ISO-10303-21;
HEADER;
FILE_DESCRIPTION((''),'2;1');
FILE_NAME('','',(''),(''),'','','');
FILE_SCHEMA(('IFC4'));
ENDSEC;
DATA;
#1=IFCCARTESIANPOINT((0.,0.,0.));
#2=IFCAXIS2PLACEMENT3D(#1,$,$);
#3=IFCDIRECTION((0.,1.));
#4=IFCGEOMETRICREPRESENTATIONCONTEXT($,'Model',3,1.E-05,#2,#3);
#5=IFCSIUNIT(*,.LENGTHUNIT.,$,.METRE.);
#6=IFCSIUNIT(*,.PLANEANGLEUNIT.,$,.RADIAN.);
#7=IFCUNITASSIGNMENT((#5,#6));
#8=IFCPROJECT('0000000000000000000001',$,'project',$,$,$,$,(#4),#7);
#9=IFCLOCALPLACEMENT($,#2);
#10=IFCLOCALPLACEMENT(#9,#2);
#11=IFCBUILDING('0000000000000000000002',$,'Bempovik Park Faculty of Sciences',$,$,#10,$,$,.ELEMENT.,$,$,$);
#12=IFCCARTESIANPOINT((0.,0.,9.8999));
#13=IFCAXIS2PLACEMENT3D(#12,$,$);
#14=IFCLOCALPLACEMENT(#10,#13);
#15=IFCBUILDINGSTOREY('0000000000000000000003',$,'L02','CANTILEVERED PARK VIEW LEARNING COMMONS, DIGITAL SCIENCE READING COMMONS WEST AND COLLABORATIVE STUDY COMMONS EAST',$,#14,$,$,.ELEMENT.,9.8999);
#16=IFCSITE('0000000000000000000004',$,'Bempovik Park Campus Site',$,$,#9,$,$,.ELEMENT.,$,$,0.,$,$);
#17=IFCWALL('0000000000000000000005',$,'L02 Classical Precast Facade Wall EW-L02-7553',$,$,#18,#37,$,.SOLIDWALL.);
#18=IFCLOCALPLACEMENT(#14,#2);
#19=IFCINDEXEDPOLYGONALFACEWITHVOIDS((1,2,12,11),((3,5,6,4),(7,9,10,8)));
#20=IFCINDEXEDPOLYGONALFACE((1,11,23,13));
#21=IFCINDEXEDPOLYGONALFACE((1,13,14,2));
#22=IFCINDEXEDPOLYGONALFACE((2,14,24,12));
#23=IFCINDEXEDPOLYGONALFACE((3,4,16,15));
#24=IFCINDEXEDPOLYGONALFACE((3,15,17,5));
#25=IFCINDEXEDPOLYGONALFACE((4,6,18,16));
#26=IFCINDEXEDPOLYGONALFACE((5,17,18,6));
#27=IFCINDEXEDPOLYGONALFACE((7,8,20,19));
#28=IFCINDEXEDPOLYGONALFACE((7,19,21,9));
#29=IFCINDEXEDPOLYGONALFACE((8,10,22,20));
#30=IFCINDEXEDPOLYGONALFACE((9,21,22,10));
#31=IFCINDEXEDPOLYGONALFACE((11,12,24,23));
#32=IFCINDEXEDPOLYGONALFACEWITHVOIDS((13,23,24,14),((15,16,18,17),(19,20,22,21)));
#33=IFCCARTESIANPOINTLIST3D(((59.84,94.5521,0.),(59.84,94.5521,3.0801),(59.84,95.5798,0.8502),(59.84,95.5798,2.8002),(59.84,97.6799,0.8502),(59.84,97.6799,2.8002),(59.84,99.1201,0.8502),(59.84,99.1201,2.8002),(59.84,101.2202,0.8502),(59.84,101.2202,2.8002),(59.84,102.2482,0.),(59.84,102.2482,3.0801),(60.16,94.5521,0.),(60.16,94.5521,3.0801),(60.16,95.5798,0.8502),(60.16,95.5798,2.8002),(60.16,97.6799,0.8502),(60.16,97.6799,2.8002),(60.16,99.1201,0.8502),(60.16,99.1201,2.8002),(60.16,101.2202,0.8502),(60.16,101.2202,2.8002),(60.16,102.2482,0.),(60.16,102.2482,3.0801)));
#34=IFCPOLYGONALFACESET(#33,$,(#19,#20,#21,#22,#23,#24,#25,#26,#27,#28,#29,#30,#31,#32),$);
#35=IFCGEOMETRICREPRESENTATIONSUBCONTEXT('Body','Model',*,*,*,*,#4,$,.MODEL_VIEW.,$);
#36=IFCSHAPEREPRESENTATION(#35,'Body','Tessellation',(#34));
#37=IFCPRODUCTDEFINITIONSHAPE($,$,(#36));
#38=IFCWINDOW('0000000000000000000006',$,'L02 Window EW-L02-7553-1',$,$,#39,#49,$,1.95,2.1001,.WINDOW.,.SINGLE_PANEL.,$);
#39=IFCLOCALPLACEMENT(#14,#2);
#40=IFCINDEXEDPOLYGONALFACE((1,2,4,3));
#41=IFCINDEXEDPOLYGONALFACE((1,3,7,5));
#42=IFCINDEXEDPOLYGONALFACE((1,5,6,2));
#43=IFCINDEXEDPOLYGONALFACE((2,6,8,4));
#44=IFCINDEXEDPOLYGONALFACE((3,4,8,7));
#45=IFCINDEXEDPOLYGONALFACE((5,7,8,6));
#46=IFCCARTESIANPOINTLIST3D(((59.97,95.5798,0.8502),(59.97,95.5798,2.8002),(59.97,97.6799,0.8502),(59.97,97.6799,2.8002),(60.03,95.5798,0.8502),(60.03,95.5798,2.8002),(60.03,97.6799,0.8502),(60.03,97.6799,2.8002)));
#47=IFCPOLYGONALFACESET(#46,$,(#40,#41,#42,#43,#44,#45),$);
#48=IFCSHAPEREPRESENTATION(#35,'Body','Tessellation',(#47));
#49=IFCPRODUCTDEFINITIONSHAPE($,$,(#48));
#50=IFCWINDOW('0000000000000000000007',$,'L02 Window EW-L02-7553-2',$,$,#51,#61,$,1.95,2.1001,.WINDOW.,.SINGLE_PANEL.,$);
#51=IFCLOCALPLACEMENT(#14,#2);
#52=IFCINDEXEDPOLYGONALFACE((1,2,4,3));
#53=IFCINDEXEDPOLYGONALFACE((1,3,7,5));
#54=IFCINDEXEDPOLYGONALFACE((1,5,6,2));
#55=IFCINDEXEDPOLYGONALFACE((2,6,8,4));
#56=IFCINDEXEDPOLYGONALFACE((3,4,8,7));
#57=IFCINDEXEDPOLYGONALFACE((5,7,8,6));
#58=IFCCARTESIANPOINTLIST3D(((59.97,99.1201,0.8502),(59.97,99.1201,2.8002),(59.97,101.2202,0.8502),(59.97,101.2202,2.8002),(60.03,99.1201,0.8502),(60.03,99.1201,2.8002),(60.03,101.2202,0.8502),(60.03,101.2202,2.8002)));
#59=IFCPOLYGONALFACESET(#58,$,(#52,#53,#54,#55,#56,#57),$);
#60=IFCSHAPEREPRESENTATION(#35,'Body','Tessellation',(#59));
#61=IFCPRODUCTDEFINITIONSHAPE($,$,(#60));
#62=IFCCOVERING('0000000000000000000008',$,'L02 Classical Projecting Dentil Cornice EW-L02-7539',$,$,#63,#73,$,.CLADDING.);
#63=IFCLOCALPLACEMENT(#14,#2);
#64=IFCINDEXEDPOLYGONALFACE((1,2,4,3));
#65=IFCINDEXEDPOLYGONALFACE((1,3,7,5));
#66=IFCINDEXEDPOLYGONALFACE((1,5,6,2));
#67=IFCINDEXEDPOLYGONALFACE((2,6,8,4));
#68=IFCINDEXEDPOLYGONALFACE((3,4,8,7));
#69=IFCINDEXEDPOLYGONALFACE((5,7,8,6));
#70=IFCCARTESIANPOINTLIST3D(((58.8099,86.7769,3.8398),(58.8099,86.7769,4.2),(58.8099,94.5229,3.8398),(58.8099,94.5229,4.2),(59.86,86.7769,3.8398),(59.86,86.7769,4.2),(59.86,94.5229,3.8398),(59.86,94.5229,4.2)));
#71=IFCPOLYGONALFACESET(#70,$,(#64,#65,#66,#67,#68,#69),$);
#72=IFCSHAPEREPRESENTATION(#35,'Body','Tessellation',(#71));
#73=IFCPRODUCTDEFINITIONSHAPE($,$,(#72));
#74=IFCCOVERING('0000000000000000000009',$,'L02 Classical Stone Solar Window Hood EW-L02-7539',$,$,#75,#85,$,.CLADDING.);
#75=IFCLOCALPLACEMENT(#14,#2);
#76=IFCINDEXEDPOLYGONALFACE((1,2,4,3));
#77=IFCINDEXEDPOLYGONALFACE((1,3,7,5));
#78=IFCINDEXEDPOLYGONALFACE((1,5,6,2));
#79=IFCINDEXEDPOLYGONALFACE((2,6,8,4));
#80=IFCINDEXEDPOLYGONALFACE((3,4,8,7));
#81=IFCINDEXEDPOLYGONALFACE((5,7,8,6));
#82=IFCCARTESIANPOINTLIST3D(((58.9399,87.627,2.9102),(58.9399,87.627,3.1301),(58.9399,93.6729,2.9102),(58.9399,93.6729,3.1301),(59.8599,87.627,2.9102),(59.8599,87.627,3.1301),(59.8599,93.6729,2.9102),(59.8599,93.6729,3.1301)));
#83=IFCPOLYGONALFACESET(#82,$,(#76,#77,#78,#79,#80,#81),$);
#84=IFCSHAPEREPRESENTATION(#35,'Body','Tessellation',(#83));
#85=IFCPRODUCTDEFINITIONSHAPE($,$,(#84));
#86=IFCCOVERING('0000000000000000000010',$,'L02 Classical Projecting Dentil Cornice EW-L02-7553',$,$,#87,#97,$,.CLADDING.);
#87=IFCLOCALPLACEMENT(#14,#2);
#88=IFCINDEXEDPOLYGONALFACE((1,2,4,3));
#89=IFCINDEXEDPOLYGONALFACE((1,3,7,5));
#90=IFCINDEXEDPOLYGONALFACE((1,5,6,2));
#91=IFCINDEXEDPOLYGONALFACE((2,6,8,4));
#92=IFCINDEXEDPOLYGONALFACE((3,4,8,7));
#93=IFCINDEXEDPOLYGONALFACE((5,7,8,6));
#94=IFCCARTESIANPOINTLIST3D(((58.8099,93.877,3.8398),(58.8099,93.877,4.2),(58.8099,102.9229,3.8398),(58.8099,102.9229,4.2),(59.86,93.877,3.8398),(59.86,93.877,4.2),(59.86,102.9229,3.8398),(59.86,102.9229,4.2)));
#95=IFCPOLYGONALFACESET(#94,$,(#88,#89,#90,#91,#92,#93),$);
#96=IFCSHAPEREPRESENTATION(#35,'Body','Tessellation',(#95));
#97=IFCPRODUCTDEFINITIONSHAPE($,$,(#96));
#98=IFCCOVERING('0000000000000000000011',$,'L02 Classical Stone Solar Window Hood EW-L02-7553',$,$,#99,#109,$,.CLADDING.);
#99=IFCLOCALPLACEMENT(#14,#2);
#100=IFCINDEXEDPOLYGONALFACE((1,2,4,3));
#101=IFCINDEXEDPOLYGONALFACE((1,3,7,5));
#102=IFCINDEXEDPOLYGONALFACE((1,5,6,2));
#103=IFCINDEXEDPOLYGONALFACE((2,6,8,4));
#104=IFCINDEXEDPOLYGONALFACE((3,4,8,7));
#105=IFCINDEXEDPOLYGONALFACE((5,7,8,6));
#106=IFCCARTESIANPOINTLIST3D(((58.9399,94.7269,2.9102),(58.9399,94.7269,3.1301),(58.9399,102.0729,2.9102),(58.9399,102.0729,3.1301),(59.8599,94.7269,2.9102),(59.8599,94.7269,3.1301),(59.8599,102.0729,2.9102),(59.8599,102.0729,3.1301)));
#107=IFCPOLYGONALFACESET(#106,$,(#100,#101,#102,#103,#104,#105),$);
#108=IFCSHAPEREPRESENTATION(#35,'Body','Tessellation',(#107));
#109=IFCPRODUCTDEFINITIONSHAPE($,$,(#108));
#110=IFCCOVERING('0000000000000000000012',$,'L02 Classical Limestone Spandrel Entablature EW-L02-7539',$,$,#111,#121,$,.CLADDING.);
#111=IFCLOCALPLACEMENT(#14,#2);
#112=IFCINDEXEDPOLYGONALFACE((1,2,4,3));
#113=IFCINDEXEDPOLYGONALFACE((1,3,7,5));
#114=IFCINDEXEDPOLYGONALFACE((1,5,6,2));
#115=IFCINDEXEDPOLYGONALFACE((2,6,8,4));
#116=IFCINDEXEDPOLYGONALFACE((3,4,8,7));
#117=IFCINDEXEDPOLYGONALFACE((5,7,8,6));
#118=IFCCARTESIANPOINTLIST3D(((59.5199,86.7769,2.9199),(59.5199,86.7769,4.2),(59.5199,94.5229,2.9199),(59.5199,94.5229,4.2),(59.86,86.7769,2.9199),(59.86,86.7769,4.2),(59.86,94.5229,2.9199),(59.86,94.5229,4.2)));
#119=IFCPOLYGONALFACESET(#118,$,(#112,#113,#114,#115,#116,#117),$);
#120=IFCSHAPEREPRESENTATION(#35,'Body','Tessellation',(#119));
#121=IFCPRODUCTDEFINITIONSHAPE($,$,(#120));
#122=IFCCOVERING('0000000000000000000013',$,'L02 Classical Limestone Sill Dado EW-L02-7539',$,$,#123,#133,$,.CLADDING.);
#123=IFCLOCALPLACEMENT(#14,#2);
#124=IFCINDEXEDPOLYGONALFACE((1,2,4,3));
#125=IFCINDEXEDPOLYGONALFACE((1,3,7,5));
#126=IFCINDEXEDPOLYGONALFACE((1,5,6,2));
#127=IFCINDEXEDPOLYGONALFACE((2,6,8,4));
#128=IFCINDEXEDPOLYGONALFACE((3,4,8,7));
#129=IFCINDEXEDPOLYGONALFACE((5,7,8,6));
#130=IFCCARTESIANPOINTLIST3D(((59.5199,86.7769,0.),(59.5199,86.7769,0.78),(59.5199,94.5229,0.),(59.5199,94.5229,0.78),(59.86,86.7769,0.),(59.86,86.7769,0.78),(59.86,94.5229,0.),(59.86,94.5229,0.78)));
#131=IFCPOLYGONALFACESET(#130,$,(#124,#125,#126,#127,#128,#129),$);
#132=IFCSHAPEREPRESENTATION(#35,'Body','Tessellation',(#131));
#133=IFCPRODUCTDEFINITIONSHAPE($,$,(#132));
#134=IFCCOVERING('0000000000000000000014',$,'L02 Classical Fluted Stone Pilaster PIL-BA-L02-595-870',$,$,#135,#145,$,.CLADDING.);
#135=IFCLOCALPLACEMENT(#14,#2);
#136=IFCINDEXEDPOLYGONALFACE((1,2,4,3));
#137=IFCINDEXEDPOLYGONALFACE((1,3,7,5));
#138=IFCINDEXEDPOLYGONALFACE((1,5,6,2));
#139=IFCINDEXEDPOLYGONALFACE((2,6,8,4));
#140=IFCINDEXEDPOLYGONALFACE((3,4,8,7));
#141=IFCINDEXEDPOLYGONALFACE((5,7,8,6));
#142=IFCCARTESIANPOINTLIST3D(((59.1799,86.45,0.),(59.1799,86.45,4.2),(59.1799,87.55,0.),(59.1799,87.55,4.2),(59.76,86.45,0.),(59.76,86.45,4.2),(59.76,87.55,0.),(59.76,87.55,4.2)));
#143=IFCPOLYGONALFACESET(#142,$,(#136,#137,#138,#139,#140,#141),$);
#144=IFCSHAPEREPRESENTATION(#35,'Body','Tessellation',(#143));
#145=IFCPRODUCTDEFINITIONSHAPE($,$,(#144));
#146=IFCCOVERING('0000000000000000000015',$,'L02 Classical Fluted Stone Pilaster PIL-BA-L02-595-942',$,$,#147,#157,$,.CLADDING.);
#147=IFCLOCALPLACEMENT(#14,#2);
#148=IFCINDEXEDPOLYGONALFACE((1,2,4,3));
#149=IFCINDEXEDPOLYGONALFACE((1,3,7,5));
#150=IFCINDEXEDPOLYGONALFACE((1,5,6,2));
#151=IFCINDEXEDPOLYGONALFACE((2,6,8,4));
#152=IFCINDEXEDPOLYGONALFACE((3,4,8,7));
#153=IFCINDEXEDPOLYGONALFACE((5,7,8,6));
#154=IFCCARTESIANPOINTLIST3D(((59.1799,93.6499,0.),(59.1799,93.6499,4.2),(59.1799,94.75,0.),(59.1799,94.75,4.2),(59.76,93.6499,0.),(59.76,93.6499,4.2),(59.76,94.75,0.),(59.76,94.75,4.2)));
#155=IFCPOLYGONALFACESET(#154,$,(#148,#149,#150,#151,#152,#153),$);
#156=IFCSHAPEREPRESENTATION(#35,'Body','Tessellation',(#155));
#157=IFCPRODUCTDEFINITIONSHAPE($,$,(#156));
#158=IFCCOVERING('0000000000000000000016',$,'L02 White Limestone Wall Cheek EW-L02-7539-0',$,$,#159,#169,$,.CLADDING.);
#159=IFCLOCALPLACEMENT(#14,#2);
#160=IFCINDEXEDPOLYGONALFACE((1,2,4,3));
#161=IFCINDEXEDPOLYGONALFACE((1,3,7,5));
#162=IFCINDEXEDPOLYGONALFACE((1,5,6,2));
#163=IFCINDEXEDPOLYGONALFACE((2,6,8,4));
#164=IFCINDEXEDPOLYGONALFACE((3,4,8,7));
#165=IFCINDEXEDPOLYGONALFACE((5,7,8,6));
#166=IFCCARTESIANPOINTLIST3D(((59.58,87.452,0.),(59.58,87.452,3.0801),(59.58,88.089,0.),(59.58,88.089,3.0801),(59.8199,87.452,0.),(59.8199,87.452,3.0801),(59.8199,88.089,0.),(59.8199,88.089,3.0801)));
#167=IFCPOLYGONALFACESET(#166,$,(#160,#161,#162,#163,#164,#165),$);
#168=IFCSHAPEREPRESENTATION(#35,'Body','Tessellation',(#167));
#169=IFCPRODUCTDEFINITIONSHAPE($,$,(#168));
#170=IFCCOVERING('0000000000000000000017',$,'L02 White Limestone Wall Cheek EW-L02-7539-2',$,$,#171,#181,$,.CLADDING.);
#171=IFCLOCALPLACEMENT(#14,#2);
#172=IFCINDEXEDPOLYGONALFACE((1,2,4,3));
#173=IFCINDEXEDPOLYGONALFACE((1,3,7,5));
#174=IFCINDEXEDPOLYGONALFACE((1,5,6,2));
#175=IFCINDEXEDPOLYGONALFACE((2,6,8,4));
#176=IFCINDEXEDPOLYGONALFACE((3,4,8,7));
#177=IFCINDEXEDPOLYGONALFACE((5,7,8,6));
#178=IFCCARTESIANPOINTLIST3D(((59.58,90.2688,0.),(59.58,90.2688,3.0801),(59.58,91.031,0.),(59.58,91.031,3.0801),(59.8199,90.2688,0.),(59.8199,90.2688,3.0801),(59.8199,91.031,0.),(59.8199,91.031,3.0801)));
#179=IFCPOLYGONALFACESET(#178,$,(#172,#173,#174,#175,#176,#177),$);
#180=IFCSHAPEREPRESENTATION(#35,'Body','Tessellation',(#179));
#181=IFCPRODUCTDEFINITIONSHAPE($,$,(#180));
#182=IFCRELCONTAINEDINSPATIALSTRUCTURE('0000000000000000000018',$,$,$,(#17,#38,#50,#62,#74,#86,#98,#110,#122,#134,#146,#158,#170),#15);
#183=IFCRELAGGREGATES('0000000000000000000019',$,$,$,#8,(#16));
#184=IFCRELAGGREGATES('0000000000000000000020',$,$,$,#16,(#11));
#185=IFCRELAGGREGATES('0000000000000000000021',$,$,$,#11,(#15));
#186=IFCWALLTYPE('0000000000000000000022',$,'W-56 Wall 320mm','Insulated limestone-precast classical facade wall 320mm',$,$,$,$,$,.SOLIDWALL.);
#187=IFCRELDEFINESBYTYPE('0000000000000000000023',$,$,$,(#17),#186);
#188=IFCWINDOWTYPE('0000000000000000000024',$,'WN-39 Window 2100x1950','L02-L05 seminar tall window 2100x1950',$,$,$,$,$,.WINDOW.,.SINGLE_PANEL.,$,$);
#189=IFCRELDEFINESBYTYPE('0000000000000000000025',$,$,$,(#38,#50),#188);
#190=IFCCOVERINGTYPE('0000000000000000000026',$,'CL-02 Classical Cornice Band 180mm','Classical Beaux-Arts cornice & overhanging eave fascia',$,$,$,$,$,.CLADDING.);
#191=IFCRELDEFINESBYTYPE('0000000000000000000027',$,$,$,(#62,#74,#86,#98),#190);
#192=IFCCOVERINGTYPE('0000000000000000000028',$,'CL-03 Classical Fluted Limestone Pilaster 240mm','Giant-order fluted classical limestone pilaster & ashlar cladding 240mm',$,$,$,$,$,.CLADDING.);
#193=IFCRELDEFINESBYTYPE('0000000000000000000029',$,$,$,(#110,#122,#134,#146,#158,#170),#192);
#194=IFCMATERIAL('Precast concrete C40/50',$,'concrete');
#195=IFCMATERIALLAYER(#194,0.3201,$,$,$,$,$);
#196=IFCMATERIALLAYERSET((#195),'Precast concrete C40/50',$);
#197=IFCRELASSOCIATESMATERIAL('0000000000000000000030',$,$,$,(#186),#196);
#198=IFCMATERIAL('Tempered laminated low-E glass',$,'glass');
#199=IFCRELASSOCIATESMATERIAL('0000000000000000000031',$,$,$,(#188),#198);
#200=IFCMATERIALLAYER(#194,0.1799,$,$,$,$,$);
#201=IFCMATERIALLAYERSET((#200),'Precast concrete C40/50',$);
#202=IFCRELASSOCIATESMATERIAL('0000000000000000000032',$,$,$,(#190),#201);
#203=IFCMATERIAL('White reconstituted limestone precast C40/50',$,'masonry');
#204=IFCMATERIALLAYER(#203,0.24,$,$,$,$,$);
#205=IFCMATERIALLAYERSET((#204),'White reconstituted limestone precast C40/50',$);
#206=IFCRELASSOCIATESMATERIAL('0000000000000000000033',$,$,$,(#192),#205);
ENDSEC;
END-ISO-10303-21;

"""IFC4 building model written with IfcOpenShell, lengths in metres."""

from ifc_helpers import new_model, si_unit, direction, frame, frame_2d, origin, origin_2d, place, context, subcontext, project, spatial, rectangle, extrude, material, layer, layer_set, type_object, element, fill, save


model = new_model("IFC4")

# Units and contexts
model_context = context("Model", 3, precision=1e-05, world=origin(), true_north=direction((0.0, 1.0)))
body_context = subcontext(model_context, "Body", "Model", "MODEL_VIEW")
ifc_project = project(units=[si_unit("LENGTHUNIT", "METRE"), si_unit("PLANEANGLEUNIT", "RADIAN")], contexts=[model_context])

# Site, building, storey
site_placement = place(None, origin())
site = spatial("IfcSite", under=ifc_project, at=site_placement, Name="Bempovik Park Campus Site", CompositionType="ELEMENT", RefElevation=0.0)
building_placement = place(site_placement, origin())
building = spatial("IfcBuilding", under=site, at=building_placement, Name="Bempovik Park Faculty of Sciences", CompositionType="ELEMENT")
storey_placement = place(building_placement, frame((0.0, 0.0, 9.8999)))
storey = spatial("IfcBuildingStorey", under=building, at=storey_placement, Name="L02", Description="CANTILEVERED PARK VIEW LEARNING COMMONS, DIGITAL SCIENCE READING COMMONS WEST AND COLLABORATIVE STUDY COMMONS EAST", CompositionType="ELEMENT", Elevation=9.8999)

# Shared definitions
ifc_material_1 = material(Name="Tempered laminated low-E glass", Category="glass")

# Wall, openings, windows
ifc_material_2 = material(Name="Precast concrete C40/50", Category="concrete")
ifc_layer_1 = layer(ifc_material_2, 0.3201)
ifc_layer_set_1 = layer_set([ifc_layer_1], Name="Precast concrete C40/50")
wall_type = type_object("IfcWallType", Name="W-56 Wall 320mm", Description="Insulated limestone-precast classical facade wall 320mm", PredefinedType="SOLIDWALL", material=ifc_layer_set_1)
window_type = type_object("IfcWindowType", Name="WN-39 Window 2100x1950", Description="L02-L05 seminar tall window 2100x1950", PartitioningType="SINGLE_PANEL", PredefinedType="WINDOW", material=ifc_material_1)
wall_1_placement = place(storey_placement, frame((60.0, 94.552, 0.0), z_axis=(0.0, 0.0, 1.0), x_axis=(0.0, 1.0, 0.0)))
wall_1 = element("IfcWall", 1, at=wall_1_placement, inside=storey, type_object=wall_type, Name="L02 Classical Precast Facade Wall EW-L02-7553", PredefinedType="SOLIDWALL", context=body_context, shape_type="SweptSolid", body=[
    extrude(rectangle(XDim=7.696, YDim=0.3201, at=frame_2d((3.8481, 0.0))), origin(), (0.0, 0.0, 1.0), 3.0801),
])
opening_1_placement = place(wall_1_placement, frame((1.0278, 0.0, 0.8501)))
opening_1 = element("IfcOpeningElement", 2, at=opening_1_placement, cuts=wall_1, PredefinedType="OPENING", context=body_context, shape_type="SweptSolid", body=[
    extrude(rectangle(XDim=2.1001, YDim=1.95, at=frame_2d((1.05, 0.9751))), frame((0.0, 0.1699, 0.0), z_axis=(0.0, -1.0, 0.0), x_axis=(1.0, 0.0, 0.0)), (0.0, 0.0, 1.0), 0.3401),
])
opening_2_placement = place(wall_1_placement, frame((4.5681, 0.0, 0.8501)))
opening_2 = element("IfcOpeningElement", 3, at=opening_2_placement, cuts=wall_1, PredefinedType="OPENING", context=body_context, shape_type="SweptSolid", body=[
    extrude(rectangle(XDim=2.1001, YDim=1.95, at=frame_2d((1.05, 0.9751))), frame((0.0, 0.1699, 0.0), z_axis=(0.0, -1.0, 0.0), x_axis=(1.0, 0.0, 0.0)), (0.0, 0.0, 1.0), 0.3401),
])
window_1_placement = place(opening_1_placement, origin())
window_1 = element("IfcWindow", 4, at=window_1_placement, inside=storey, type_object=window_type, Name="L02 Window EW-L02-7553-1", OverallHeight=1.95, OverallWidth=2.1001, PartitioningType="SINGLE_PANEL", PredefinedType="WINDOW", context=body_context, shape_type="SweptSolid", body=[
    extrude(rectangle(XDim=2.1001, YDim=1.95, at=frame_2d((1.05, 0.9751))), frame((0.0, 0.03, 0.0), z_axis=(0.0, -1.0, 0.0), x_axis=(1.0, 0.0, 0.0)), (0.0, 0.0, 1.0), 0.0601),
])
fill(opening_1, window_1)
window_2_placement = place(opening_2_placement, origin())
window_2 = element("IfcWindow", 5, at=window_2_placement, inside=storey, type_object=window_type, Name="L02 Window EW-L02-7553-2", OverallHeight=1.95, OverallWidth=2.1001, PartitioningType="SINGLE_PANEL", PredefinedType="WINDOW", context=body_context, shape_type="SweptSolid", body=[
    extrude(rectangle(XDim=2.1001, YDim=1.95, at=frame_2d((1.05, 0.9751))), frame((0.0, 0.03, 0.0), z_axis=(0.0, -1.0, 0.0), x_axis=(1.0, 0.0, 0.0)), (0.0, 0.0, 1.0), 0.0601),
])
fill(opening_2, window_2)

# Coverings
ifc_layer_2 = layer(ifc_material_2, 0.1799)
ifc_layer_set_2 = layer_set([ifc_layer_2], Name="Precast concrete C40/50")
covering_type_1 = type_object("IfcCoveringType", Name="CL-02 Classical Cornice Band 180mm", Description="Classical Beaux-Arts cornice & overhanging eave fascia", PredefinedType="CLADDING", material=ifc_layer_set_2)
covering_1_placement = place(storey_placement, frame((59.335, 90.6499, 3.8398), z_axis=(0.0, 0.0, 1.0), x_axis=(1.0, 0.0, 0.0)))
element("IfcCovering", 6, at=covering_1_placement, inside=storey, type_object=covering_type_1, Name="L02 Classical Projecting Dentil Cornice EW-L02-7539", PredefinedType="CLADDING", context=body_context, shape_type="SweptSolid", body=[
    extrude(rectangle(XDim=1.05, YDim=7.7461, at=origin_2d()), origin(), (0.0, 0.0, 1.0), 0.3601),
])
covering_2_placement = place(storey_placement, frame((59.3999, 90.6499, 2.9102), z_axis=(0.0, 0.0, 1.0), x_axis=(1.0, 0.0, 0.0)))
element("IfcCovering", 7, at=covering_2_placement, inside=storey, type_object=covering_type_1, Name="L02 Classical Stone Solar Window Hood EW-L02-7539", PredefinedType="CLADDING", context=body_context, shape_type="SweptSolid", body=[
    extrude(rectangle(XDim=0.9199, YDim=6.0459, at=origin_2d()), origin(), (0.0, 0.0, 1.0), 0.22),
])
covering_3_placement = place(storey_placement, frame((59.335, 98.3999, 3.8398), z_axis=(0.0, 0.0, 1.0), x_axis=(1.0, 0.0, 0.0)))
element("IfcCovering", 8, at=covering_3_placement, inside=storey, type_object=covering_type_1, Name="L02 Classical Projecting Dentil Cornice EW-L02-7553", PredefinedType="CLADDING", context=body_context, shape_type="SweptSolid", body=[
    extrude(rectangle(XDim=1.05, YDim=9.0459, at=origin_2d()), origin(), (0.0, 0.0, 1.0), 0.3601),
])
covering_4_placement = place(storey_placement, frame((59.3999, 98.3999, 2.9102), z_axis=(0.0, 0.0, 1.0), x_axis=(1.0, 0.0, 0.0)))
element("IfcCovering", 9, at=covering_4_placement, inside=storey, type_object=covering_type_1, Name="L02 Classical Stone Solar Window Hood EW-L02-7553", PredefinedType="CLADDING", context=body_context, shape_type="SweptSolid", body=[
    extrude(rectangle(XDim=0.9199, YDim=7.3459, at=origin_2d()), origin(), (0.0, 0.0, 1.0), 0.22),
])
ifc_material_3 = material(Name="White reconstituted limestone precast C40/50", Category="masonry")
ifc_layer_3 = layer(ifc_material_3, 0.24)
ifc_layer_set_3 = layer_set([ifc_layer_3], Name="White reconstituted limestone precast C40/50")
covering_type_2 = type_object("IfcCoveringType", Name="CL-03 Classical Fluted Limestone Pilaster 240mm", Description="Giant-order fluted classical limestone pilaster & ashlar cladding 240mm", PredefinedType="CLADDING", material=ifc_layer_set_3)
covering_5_placement = place(storey_placement, frame((59.6899, 90.6499, 2.9199), z_axis=(0.0, 0.0, 1.0), x_axis=(1.0, 0.0, 0.0)))
element("IfcCovering", 10, at=covering_5_placement, inside=storey, type_object=covering_type_2, Name="L02 Classical Limestone Spandrel Entablature EW-L02-7539", PredefinedType="CLADDING", context=body_context, shape_type="SweptSolid", body=[
    extrude(rectangle(XDim=0.3401, YDim=7.7461, at=origin_2d()), origin(), (0.0, 0.0, 1.0), 1.28),
])
covering_6_placement = place(storey_placement, frame((59.6899, 90.6499, 0.0), z_axis=(0.0, 0.0, 1.0), x_axis=(1.0, 0.0, 0.0)))
element("IfcCovering", 11, at=covering_6_placement, inside=storey, type_object=covering_type_2, Name="L02 Classical Limestone Sill Dado EW-L02-7539", PredefinedType="CLADDING", context=body_context, shape_type="SweptSolid", body=[
    extrude(rectangle(XDim=0.3401, YDim=7.7461, at=origin_2d()), origin(), (0.0, 0.0, 1.0), 0.78),
])
for number, where, z_axis, x_axis, name in (
    (12, (59.47, 87.0, 0.0), (0.0, 0.0, 1.0), (1.0, 0.0, 0.0), "L02 Classical Fluted Stone Pilaster PIL-BA-L02-595-870"),
    (13, (59.47, 94.2, 0.0), (0.0, 0.0, 1.0), (1.0, 0.0, 0.0), "L02 Classical Fluted Stone Pilaster PIL-BA-L02-595-942"),
):
    element("IfcCovering", number, at=place(storey_placement, frame(where, z_axis=z_axis, x_axis=x_axis)), inside=storey, type_object=covering_type_2, Name=name, PredefinedType="CLADDING", context=body_context, shape_type="SweptSolid", body=[
        extrude(rectangle(XDim=0.5801, YDim=1.1001, at=origin_2d()), origin(), (0.0, 0.0, 1.0), 4.2),
    ])
covering_7_placement = place(storey_placement, frame((59.7, 87.7705, 0.0), z_axis=(0.0, 0.0, 1.0), x_axis=(1.0, 0.0, 0.0)))
element("IfcCovering", 14, at=covering_7_placement, inside=storey, type_object=covering_type_2, Name="L02 White Limestone Wall Cheek EW-L02-7539-0", PredefinedType="CLADDING", context=body_context, shape_type="SweptSolid", body=[
    extrude(rectangle(XDim=0.24, YDim=0.637, at=origin_2d()), origin(), (0.0, 0.0, 1.0), 3.0801),
])
covering_8_placement = place(storey_placement, frame((59.7, 90.6499, 0.0), z_axis=(0.0, 0.0, 1.0), x_axis=(1.0, 0.0, 0.0)))
element("IfcCovering", 15, at=covering_8_placement, inside=storey, type_object=covering_type_2, Name="L02 White Limestone Wall Cheek EW-L02-7539-2", PredefinedType="CLADDING", context=body_context, shape_type="SweptSolid", body=[
    extrude(rectangle(XDim=0.24, YDim=0.7622, at=origin_2d()), origin(), (0.0, 0.0, 1.0), 3.0801),
])

save(model, "model.ifc")
